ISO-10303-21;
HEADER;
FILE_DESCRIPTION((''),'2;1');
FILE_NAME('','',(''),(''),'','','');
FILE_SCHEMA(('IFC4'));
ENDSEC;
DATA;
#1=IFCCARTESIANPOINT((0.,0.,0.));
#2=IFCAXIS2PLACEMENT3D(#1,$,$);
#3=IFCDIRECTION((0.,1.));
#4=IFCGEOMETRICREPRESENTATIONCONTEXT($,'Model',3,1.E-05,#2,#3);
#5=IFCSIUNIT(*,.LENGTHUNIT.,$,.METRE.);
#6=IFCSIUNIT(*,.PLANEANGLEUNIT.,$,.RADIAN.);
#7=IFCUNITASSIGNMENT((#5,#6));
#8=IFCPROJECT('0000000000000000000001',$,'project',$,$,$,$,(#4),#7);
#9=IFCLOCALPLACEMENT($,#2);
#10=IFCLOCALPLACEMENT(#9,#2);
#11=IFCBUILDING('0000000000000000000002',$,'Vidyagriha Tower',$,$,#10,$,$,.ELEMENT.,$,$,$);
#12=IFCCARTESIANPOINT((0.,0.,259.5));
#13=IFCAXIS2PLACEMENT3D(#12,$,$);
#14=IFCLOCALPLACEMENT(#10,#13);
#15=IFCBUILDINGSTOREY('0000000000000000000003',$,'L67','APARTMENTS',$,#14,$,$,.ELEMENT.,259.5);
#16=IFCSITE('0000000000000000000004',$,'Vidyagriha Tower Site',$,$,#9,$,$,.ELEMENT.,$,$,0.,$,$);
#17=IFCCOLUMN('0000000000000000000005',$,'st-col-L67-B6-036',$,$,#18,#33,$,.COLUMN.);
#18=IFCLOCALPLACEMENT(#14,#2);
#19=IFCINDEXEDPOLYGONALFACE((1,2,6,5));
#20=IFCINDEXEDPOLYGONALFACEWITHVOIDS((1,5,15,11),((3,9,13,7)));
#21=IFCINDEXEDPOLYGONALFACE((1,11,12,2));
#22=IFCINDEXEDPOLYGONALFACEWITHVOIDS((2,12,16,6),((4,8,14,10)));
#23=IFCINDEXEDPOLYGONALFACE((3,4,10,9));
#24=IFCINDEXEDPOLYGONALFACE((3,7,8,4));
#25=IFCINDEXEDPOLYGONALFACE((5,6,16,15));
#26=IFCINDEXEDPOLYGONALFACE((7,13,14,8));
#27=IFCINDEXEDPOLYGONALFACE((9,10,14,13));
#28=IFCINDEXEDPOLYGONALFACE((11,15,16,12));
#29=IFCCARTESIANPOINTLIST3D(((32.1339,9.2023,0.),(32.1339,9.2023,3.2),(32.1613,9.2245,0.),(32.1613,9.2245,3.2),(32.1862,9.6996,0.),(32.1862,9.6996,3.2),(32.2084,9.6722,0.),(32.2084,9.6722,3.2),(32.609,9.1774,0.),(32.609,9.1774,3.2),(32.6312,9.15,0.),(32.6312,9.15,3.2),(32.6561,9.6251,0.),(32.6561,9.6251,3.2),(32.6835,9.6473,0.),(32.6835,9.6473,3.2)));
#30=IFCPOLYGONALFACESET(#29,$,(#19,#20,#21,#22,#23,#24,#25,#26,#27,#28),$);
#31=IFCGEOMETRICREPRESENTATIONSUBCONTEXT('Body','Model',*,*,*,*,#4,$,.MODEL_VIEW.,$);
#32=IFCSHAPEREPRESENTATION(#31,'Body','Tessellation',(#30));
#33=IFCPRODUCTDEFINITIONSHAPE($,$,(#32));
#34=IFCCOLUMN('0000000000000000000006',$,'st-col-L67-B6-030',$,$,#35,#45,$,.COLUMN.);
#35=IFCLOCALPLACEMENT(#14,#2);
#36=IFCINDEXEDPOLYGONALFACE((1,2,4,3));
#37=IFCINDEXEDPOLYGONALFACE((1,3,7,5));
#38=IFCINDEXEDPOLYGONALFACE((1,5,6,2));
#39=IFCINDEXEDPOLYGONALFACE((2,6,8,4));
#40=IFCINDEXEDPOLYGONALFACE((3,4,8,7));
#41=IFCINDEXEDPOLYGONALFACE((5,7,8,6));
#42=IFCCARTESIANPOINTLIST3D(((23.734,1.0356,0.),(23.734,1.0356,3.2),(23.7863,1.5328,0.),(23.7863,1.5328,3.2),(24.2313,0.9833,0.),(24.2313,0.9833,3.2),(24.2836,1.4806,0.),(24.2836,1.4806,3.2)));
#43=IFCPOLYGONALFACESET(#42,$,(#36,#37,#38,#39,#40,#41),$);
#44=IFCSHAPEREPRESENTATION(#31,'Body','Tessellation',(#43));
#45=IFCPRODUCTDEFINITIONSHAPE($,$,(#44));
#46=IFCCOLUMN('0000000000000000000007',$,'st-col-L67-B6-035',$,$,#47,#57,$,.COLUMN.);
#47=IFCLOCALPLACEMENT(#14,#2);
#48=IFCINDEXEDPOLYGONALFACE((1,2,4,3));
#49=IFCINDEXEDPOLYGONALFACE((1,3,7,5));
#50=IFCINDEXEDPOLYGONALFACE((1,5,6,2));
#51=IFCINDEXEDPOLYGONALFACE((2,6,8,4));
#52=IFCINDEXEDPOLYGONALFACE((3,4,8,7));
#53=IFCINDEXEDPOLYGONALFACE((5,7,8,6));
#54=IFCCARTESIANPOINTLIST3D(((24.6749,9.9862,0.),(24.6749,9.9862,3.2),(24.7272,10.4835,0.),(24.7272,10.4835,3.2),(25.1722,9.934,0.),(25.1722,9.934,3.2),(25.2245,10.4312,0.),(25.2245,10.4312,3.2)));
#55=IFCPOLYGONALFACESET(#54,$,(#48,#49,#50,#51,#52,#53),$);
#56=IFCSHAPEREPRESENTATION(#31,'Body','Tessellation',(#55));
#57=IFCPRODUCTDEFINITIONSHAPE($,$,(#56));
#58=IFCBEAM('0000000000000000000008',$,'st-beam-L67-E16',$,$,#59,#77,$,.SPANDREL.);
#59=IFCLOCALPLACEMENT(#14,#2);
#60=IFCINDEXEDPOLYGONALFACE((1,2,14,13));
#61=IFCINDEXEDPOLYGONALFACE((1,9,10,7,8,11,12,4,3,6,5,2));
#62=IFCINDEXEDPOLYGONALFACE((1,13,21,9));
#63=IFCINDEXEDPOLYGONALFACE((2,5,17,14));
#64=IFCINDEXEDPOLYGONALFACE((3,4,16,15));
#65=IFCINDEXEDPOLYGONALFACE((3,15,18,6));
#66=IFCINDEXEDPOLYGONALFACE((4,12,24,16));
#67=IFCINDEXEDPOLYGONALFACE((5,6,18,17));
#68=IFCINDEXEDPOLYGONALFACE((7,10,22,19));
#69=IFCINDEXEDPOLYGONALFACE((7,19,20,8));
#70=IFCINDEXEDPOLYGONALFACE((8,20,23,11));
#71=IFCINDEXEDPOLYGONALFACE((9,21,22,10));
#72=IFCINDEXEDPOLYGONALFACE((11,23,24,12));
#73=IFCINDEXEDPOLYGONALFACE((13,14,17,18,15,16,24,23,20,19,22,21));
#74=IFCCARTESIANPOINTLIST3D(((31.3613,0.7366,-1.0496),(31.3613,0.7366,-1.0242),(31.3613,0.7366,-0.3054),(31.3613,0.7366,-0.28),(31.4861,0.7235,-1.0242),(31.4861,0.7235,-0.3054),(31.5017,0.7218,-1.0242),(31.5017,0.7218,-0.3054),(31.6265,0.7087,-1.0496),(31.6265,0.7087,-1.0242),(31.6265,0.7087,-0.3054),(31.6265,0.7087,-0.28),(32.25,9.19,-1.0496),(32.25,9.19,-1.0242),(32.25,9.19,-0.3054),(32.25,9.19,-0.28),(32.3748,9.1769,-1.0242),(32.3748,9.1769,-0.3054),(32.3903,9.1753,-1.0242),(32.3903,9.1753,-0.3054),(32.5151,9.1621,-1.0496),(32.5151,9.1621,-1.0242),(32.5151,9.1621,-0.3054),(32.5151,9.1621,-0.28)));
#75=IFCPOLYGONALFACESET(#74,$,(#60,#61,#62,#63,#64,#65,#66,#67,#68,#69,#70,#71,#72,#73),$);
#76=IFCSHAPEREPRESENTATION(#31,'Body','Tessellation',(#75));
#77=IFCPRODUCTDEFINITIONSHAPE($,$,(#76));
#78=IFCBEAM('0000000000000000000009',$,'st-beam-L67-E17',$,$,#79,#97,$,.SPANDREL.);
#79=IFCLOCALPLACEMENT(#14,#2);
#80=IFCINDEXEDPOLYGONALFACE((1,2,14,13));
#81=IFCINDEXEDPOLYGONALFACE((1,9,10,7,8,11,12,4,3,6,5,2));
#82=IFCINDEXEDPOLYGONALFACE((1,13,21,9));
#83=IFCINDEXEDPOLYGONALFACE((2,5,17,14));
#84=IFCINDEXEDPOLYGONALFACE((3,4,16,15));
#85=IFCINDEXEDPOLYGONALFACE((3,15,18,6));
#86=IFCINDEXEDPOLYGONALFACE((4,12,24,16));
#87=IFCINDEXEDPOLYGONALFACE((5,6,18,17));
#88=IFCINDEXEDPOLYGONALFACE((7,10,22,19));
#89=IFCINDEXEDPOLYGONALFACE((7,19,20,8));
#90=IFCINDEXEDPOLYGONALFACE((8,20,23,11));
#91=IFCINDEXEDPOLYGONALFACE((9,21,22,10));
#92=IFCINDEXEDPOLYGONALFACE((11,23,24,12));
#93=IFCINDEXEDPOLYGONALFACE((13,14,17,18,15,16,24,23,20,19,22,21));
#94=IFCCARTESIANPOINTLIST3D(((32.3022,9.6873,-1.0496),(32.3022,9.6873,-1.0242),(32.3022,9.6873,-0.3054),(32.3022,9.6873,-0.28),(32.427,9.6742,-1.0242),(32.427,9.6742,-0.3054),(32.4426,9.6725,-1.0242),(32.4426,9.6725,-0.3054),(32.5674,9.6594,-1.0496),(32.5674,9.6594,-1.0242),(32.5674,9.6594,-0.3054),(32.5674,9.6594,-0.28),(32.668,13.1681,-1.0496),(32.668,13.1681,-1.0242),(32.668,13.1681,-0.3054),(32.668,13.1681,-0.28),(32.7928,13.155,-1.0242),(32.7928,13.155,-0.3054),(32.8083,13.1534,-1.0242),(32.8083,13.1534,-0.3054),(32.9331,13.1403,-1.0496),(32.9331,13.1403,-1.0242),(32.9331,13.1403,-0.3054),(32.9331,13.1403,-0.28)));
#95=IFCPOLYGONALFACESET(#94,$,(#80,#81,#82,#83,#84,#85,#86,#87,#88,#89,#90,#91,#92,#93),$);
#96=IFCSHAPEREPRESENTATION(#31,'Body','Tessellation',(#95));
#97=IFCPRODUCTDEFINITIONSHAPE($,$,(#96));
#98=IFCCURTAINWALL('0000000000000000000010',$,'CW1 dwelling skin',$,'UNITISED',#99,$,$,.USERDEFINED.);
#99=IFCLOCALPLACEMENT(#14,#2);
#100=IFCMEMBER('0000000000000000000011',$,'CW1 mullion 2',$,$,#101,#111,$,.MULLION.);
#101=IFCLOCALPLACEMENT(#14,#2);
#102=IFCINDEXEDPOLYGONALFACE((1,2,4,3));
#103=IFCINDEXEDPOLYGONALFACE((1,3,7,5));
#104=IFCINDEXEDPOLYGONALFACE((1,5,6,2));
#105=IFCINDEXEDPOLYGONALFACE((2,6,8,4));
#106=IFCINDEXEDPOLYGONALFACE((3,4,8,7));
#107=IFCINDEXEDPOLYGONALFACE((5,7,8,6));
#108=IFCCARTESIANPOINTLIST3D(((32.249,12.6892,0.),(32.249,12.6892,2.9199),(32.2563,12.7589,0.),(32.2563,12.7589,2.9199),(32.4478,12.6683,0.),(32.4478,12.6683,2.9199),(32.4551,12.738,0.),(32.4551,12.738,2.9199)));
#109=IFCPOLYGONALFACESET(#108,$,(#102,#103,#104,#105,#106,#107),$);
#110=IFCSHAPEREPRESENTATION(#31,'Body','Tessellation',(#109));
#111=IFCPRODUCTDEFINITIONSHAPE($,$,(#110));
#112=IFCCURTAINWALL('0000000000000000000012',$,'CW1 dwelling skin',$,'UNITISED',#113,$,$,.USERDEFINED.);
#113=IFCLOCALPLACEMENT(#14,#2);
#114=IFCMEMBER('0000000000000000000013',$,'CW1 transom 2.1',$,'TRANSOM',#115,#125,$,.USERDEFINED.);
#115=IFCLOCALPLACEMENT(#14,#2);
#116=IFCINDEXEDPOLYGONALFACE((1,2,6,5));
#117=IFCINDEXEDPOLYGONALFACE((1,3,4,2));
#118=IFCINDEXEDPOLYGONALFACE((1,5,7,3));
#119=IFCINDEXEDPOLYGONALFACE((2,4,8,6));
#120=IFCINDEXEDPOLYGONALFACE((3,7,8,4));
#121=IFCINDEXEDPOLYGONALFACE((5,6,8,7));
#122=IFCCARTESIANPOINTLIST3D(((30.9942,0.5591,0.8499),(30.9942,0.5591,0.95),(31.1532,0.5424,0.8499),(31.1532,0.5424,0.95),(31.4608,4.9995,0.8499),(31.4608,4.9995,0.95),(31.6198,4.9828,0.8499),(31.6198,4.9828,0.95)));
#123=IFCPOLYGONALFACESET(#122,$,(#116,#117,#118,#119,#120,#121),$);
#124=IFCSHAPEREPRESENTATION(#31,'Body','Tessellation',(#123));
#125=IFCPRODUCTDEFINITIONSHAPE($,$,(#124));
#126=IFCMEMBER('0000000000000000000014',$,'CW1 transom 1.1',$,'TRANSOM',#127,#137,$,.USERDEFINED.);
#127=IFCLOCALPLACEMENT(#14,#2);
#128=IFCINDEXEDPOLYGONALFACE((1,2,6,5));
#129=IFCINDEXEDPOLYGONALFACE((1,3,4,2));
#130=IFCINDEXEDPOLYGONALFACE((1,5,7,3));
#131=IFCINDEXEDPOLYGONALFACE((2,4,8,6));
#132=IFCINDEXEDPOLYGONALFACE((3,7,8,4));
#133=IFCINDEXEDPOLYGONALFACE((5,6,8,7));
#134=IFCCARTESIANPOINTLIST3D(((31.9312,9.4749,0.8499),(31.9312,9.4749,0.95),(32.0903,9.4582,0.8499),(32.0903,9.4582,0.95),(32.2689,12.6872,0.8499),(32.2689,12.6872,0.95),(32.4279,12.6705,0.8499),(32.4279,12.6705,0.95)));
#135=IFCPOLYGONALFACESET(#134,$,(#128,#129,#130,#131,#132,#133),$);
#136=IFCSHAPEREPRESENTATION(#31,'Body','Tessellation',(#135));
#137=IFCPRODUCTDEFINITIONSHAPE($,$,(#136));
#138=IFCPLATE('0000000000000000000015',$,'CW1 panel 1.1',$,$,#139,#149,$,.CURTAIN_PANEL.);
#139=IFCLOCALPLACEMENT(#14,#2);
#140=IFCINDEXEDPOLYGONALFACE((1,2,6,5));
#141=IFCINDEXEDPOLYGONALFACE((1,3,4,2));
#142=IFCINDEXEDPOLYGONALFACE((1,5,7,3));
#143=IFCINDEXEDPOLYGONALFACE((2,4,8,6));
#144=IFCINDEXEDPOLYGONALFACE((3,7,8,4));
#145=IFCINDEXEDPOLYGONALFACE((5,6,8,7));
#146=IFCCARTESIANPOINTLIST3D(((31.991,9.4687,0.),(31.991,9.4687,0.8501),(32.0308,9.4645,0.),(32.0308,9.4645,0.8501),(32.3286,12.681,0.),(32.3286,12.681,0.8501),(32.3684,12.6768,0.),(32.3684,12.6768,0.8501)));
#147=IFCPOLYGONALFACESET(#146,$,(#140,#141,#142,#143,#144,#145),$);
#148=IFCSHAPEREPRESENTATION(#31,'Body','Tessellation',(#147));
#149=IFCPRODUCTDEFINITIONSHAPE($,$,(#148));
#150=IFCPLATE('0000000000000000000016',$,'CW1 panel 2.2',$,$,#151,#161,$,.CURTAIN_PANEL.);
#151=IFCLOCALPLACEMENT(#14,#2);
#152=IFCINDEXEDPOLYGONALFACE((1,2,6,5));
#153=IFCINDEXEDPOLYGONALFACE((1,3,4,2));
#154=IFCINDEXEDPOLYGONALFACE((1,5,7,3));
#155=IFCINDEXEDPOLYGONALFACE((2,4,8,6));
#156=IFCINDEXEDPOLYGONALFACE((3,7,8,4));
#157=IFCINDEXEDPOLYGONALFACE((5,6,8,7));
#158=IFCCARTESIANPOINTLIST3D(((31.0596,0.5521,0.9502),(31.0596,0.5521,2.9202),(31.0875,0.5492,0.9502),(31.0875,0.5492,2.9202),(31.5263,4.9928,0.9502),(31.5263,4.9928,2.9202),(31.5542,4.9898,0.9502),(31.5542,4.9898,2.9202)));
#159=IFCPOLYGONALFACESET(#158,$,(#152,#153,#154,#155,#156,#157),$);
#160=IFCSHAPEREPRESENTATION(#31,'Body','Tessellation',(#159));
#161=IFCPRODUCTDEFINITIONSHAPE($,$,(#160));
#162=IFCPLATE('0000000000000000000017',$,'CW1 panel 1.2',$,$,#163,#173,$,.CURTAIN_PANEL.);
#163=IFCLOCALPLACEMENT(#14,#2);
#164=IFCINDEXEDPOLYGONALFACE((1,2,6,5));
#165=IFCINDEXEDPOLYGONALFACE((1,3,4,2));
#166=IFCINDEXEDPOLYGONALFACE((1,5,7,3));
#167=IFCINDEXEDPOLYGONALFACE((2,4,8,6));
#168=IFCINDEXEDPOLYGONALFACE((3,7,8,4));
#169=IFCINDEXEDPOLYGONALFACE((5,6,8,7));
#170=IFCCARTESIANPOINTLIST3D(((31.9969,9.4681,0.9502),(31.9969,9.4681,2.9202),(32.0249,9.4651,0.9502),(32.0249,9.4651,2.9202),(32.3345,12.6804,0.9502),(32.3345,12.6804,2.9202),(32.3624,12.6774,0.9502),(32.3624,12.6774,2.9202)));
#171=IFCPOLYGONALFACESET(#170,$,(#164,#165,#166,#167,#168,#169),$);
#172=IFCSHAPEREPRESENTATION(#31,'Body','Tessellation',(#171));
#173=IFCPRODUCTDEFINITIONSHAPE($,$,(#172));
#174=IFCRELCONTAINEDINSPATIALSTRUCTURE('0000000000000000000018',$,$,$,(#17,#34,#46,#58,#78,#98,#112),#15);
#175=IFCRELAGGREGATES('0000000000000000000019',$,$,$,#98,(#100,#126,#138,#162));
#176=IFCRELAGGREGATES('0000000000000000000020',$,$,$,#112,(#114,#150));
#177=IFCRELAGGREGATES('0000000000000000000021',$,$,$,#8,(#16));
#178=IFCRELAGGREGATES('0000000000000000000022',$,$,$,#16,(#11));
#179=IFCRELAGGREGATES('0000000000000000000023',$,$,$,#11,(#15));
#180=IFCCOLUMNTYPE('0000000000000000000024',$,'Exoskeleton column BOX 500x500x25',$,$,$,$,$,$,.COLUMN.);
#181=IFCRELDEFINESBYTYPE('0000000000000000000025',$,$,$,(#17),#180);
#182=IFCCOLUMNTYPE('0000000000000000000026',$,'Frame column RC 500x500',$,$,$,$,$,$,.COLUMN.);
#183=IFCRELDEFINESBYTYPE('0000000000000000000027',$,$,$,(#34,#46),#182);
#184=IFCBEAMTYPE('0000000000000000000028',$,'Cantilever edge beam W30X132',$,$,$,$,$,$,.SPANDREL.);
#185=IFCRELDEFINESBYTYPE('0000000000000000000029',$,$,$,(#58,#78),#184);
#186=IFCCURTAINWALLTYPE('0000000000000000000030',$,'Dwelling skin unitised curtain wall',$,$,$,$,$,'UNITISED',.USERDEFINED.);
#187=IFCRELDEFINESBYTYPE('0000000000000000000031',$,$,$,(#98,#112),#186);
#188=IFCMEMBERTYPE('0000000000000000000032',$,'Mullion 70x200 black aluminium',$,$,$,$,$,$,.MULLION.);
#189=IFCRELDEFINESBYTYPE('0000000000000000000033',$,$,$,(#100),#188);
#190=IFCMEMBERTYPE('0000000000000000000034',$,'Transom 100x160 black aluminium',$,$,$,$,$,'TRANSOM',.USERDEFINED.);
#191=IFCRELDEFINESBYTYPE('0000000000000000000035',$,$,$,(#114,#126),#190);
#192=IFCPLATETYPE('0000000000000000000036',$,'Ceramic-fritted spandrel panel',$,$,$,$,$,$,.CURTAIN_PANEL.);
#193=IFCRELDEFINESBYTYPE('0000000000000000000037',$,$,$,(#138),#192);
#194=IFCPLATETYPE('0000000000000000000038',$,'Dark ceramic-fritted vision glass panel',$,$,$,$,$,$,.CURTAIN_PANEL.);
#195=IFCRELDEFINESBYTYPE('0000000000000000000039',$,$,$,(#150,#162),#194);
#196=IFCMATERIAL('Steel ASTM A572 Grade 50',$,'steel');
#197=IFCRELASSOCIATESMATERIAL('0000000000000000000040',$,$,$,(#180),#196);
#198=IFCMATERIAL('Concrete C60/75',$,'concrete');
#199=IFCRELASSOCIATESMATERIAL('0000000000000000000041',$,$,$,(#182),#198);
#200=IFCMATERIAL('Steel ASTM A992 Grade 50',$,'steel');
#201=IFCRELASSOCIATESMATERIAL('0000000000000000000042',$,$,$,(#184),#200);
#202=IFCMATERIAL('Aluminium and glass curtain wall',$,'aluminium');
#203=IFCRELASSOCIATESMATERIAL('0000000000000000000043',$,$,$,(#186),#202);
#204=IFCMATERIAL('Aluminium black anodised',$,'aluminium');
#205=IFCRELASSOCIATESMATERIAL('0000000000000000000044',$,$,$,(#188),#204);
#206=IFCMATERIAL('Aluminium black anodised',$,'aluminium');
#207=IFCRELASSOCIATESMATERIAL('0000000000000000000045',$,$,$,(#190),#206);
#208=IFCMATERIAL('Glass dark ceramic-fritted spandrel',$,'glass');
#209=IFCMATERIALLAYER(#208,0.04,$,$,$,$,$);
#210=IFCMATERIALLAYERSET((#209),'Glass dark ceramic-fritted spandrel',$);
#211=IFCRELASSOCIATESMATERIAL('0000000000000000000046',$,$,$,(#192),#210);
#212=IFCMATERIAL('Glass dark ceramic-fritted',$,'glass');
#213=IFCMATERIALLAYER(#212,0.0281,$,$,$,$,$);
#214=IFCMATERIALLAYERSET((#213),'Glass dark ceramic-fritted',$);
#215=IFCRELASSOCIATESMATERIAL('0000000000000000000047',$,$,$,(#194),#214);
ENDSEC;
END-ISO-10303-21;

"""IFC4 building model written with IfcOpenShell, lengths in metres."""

from ifc_helpers import new_model, si_unit, direction, frame, origin, origin_2d, place, context, subcontext, project, spatial, rectangle, hollow_rectangle, i_section, extrude, material, layer, layer_set, material_profile, profile_set, type_object, element, aggregate, save


model = new_model("IFC4")

# Units and contexts
model_context = context("Model", 3, precision=1e-05, world=origin(), true_north=direction((0.0, 1.0)))
body_context = subcontext(model_context, "Body", "Model", "MODEL_VIEW")
ifc_project = project(units=[si_unit("LENGTHUNIT", "METRE"), si_unit("PLANEANGLEUNIT", "RADIAN")], contexts=[model_context])

# Site, building, storey
site_placement = place(None, origin())
site = spatial("IfcSite", under=ifc_project, at=site_placement, Name="Vidyagriha Tower Site", CompositionType="ELEMENT", RefElevation=0.0)
building_placement = place(site_placement, origin())
building = spatial("IfcBuilding", under=site, at=building_placement, Name="Vidyagriha Tower", CompositionType="ELEMENT")
storey_placement = place(building_placement, frame((0.0, 0.0, 259.5)))
storey = spatial("IfcBuildingStorey", under=building, at=storey_placement, Name="L67", Description="APARTMENTS", CompositionType="ELEMENT", Elevation=259.5)

# Columns
ifc_material_1 = material(Name="Steel ASTM A572 Grade 50", Category="steel")
ifc_material_profile_1 = material_profile(ifc_material_1, hollow_rectangle(XDim=0.5, YDim=0.5, WallThickness=0.0249, at=origin_2d()), Name="BOX 500x500x25")
ifc_profile_set_1 = profile_set([ifc_material_profile_1], Name="Steel ASTM A572 Grade 50")
column_type_1 = type_object("IfcColumnType", Name="Exoskeleton column BOX 500x500x25", PredefinedType="COLUMN", material=ifc_profile_set_1)
column_placement = place(storey_placement, frame((32.4087, 9.4248, 0.0), z_axis=(0.0, 0.0, 1.0), x_axis=(0.994522, -0.104528, 0.0)))
element("IfcColumn", 1, at=column_placement, inside=storey, type_object=column_type_1, Name="st-col-L67-B6-036", PredefinedType="COLUMN", context=body_context, shape_type="SweptSolid", body=[
    extrude(hollow_rectangle(XDim=0.5, YDim=0.5, WallThickness=0.0249, at=origin_2d()), origin(), (0.0, 0.0, 1.0), 3.2),
])
ifc_material_2 = material(Name="Concrete C60/75", Category="concrete")
ifc_material_profile_2 = material_profile(ifc_material_2, rectangle(XDim=0.5, YDim=0.5, at=origin_2d()), Name="RC 500x500")
ifc_profile_set_2 = profile_set([ifc_material_profile_2], Name="Concrete C60/75")
column_type_2 = type_object("IfcColumnType", Name="Frame column RC 500x500", PredefinedType="COLUMN", material=ifc_profile_set_2)
for number, where, z_axis, x_axis, name in (
    (2, (24.0088, 1.2581, 0.0), (0.0, 0.0, 1.0), (0.994522, -0.104528, 0.0), "st-col-L67-B6-030"),
    (3, (24.9497, 10.2087, 0.0), (0.0, 0.0, 1.0), (0.994522, -0.104528, 0.0), "st-col-L67-B6-035"),
):
    element("IfcColumn", number, at=place(storey_placement, frame(where, z_axis=z_axis, x_axis=x_axis)), inside=storey, type_object=column_type_2, Name=name, PredefinedType="COLUMN", context=body_context, shape_type="SweptSolid", body=[
        extrude(rectangle(XDim=0.5, YDim=0.5, at=origin_2d()), origin(), (0.0, 0.0, 1.0), 3.2),
    ])

# Beams
ifc_material_3 = material(Name="Steel ASTM A992 Grade 50", Category="steel")
ifc_material_profile_3 = material_profile(ifc_material_3, i_section(OverallWidth=0.2666, OverallDepth=0.7695, WebThickness=0.0156, FlangeThickness=0.0254, at=origin_2d()), Name="W30X132")
ifc_profile_set_3 = profile_set([ifc_material_profile_3], Name="Steel ASTM A992 Grade 50")
beam_type = type_object("IfcBeamType", Name="Cantilever edge beam W30X132", PredefinedType="SPANDREL", material=ifc_profile_set_3)
beam_1_placement = place(storey_placement, frame((31.4939, 0.7227, -0.6648), z_axis=(0.10455, 0.99452, 0.0), x_axis=(-0.99452, 0.10455, 0.0)))
element("IfcBeam", 4, at=beam_1_placement, inside=storey, type_object=beam_type, Name="st-beam-L67-E16", PredefinedType="SPANDREL", context=body_context, shape_type="SweptSolid", body=[
    extrude(i_section(OverallWidth=0.2666, OverallDepth=0.7695, WebThickness=0.0156, FlangeThickness=0.0254, at=origin_2d()), origin(), (0.0, 0.0, 1.0), 8.5),
])
beam_2_placement = place(storey_placement, frame((32.4348, 9.6733, -0.6648), z_axis=(0.104489, 0.994526, 0.0), x_axis=(-0.994526, 0.104489, 0.0)))
element("IfcBeam", 5, at=beam_2_placement, inside=storey, type_object=beam_type, Name="st-beam-L67-E17", PredefinedType="SPANDREL", context=body_context, shape_type="SweptSolid", body=[
    extrude(i_section(OverallWidth=0.2666, OverallDepth=0.7695, WebThickness=0.0156, FlangeThickness=0.0254, at=origin_2d()), origin(), (0.0, 0.0, 1.0), 3.5),
])

# Curtain walls, members
ifc_material_4 = material(Name="Aluminium and glass curtain wall", Category="aluminium")
curtain_wall_type = type_object("IfcCurtainWallType", Name="Dwelling skin unitised curtain wall", ElementType="UNITISED", PredefinedType="USERDEFINED", material=ifc_material_4)
curtain_wall_1_placement = place(storey_placement, origin())
curtain_wall_1 = element("IfcCurtainWall", 6, at=curtain_wall_1_placement, inside=storey, type_object=curtain_wall_type, Name="CW1 dwelling skin", ObjectType="UNITISED", PredefinedType="USERDEFINED")
ifc_material_5 = material(Name="Aluminium black anodised", Category="aluminium")
ifc_material_profile_4 = material_profile(ifc_material_5, rectangle(XDim=0.2, YDim=0.0701, at=origin_2d()), Name="Mullion 70x200 black aluminium")
ifc_profile_set_4 = profile_set([ifc_material_profile_4], Name="Aluminium black anodised")
member_type_1 = type_object("IfcMemberType", Name="Mullion 70x200 black aluminium", PredefinedType="MULLION", material=ifc_profile_set_4)
member_1_placement = place(storey_placement, frame((32.3521, 12.7136, 0.0), z_axis=(0.0, 0.0, 1.0), x_axis=(-0.994523, 0.104516, 0.0)))
member_1 = element("IfcMember", 7, at=member_1_placement, type_object=member_type_1, Name="CW1 mullion 2", PredefinedType="MULLION", context=body_context, shape_type="SweptSolid", body=[
    extrude(rectangle(XDim=0.2, YDim=0.0701, at=origin_2d()), origin(), (0.0, 0.0, 1.0), 2.9199),
])
curtain_wall_2_placement = place(storey_placement, origin())
curtain_wall_2 = element("IfcCurtainWall", 8, at=curtain_wall_2_placement, inside=storey, type_object=curtain_wall_type, Name="CW1 dwelling skin", ObjectType="UNITISED", PredefinedType="USERDEFINED")
ifc_material_6 = material(Name="Aluminium black anodised", Category="aluminium")
ifc_material_profile_5 = material_profile(ifc_material_6, rectangle(XDim=0.1599, YDim=0.1001, at=origin_2d()), Name="Transom 100x160 black aluminium")
ifc_profile_set_5 = profile_set([ifc_material_profile_5], Name="Aluminium black anodised")
member_type_2 = type_object("IfcMemberType", Name="Transom 100x160 black aluminium", ElementType="TRANSOM", PredefinedType="USERDEFINED", material=ifc_profile_set_5)
member_2_placement = place(storey_placement, frame((31.0737, 0.5508, 0.8999), z_axis=(0.104494, 0.994526, 0.0), x_axis=(-0.994526, 0.104494, 0.0)))
member_2 = element("IfcMember", 9, at=member_2_placement, type_object=member_type_2, Name="CW1 transom 2.1", ObjectType="TRANSOM", PredefinedType="USERDEFINED", context=body_context, shape_type="SweptSolid", body=[
    extrude(rectangle(XDim=0.1599, YDim=0.1001, at=origin_2d()), origin(), (0.0, 0.0, 1.0), 4.4648),
])

# Member
member_3_placement = place(storey_placement, frame((32.0107, 9.4666, 0.8999), z_axis=(0.104531, 0.994522, 0.0), x_axis=(-0.994522, 0.104531, 0.0)))
member_3 = element("IfcMember", 10, at=member_3_placement, type_object=member_type_2, Name="CW1 transom 1.1", ObjectType="TRANSOM", PredefinedType="USERDEFINED", context=body_context, shape_type="SweptSolid", body=[
    extrude(rectangle(XDim=0.1599, YDim=0.1001, at=origin_2d()), origin(), (0.0, 0.0, 1.0), 3.23),
])

# Plates
ifc_material_7 = material(Name="Glass dark ceramic-fritted spandrel", Category="glass")
ifc_layer_1 = layer(ifc_material_7, 0.04)
ifc_layer_set_1 = layer_set([ifc_layer_1], Name="Glass dark ceramic-fritted spandrel")
plate_type_1 = type_object("IfcPlateType", Name="Ceramic-fritted spandrel panel", PredefinedType="CURTAIN_PANEL", material=ifc_layer_set_1)
plate_1_placement = place(storey_placement, frame((32.1797, 11.0728, 0.0), z_axis=(0.0, 0.0, 1.0), x_axis=(0.104516, 0.994523, 0.0)))
plate_1 = element("IfcPlate", 11, at=plate_1_placement, type_object=plate_type_1, Name="CW1 panel 1.1", PredefinedType="CURTAIN_PANEL", context=body_context, shape_type="SweptSolid", body=[
    extrude(rectangle(XDim=3.23, YDim=0.04, at=origin_2d()), origin(), (0.0, 0.0, 1.0), 0.8501),
])
ifc_material_8 = material(Name="Glass dark ceramic-fritted", Category="glass")
ifc_layer_2 = layer(ifc_material_8, 0.0281)
ifc_layer_set_2 = layer_set([ifc_layer_2], Name="Glass dark ceramic-fritted")
plate_type_2 = type_object("IfcPlateType", Name="Dark ceramic-fritted vision glass panel", PredefinedType="CURTAIN_PANEL", material=ifc_layer_set_2)
plate_2_placement = place(storey_placement, frame((31.3069, 2.771, 0.9502), z_axis=(0.0, 0.0, 1.0), x_axis=(0.10453, 0.994522, 0.0)))
plate_2 = element("IfcPlate", 12, at=plate_2_placement, type_object=plate_type_2, Name="CW1 panel 2.2", PredefinedType="CURTAIN_PANEL", context=body_context, shape_type="SweptSolid", body=[
    extrude(rectangle(XDim=4.4651, YDim=0.0281, at=origin_2d()), origin(), (0.0, 0.0, 1.0), 1.97),
])
plate_3_placement = place(storey_placement, frame((32.1797, 11.0728, 0.9502), z_axis=(0.0, 0.0, 1.0), x_axis=(0.104516, 0.994523, 0.0)))
plate_3 = element("IfcPlate", 13, at=plate_3_placement, type_object=plate_type_2, Name="CW1 panel 1.2", PredefinedType="CURTAIN_PANEL", context=body_context, shape_type="SweptSolid", body=[
    extrude(rectangle(XDim=3.23, YDim=0.0281, at=origin_2d()), origin(), (0.0, 0.0, 1.0), 1.97),
])
aggregate(curtain_wall_1, [member_1, member_3, plate_1, plate_3])
aggregate(curtain_wall_2, [member_2, plate_2])

save(model, "model.ifc")
